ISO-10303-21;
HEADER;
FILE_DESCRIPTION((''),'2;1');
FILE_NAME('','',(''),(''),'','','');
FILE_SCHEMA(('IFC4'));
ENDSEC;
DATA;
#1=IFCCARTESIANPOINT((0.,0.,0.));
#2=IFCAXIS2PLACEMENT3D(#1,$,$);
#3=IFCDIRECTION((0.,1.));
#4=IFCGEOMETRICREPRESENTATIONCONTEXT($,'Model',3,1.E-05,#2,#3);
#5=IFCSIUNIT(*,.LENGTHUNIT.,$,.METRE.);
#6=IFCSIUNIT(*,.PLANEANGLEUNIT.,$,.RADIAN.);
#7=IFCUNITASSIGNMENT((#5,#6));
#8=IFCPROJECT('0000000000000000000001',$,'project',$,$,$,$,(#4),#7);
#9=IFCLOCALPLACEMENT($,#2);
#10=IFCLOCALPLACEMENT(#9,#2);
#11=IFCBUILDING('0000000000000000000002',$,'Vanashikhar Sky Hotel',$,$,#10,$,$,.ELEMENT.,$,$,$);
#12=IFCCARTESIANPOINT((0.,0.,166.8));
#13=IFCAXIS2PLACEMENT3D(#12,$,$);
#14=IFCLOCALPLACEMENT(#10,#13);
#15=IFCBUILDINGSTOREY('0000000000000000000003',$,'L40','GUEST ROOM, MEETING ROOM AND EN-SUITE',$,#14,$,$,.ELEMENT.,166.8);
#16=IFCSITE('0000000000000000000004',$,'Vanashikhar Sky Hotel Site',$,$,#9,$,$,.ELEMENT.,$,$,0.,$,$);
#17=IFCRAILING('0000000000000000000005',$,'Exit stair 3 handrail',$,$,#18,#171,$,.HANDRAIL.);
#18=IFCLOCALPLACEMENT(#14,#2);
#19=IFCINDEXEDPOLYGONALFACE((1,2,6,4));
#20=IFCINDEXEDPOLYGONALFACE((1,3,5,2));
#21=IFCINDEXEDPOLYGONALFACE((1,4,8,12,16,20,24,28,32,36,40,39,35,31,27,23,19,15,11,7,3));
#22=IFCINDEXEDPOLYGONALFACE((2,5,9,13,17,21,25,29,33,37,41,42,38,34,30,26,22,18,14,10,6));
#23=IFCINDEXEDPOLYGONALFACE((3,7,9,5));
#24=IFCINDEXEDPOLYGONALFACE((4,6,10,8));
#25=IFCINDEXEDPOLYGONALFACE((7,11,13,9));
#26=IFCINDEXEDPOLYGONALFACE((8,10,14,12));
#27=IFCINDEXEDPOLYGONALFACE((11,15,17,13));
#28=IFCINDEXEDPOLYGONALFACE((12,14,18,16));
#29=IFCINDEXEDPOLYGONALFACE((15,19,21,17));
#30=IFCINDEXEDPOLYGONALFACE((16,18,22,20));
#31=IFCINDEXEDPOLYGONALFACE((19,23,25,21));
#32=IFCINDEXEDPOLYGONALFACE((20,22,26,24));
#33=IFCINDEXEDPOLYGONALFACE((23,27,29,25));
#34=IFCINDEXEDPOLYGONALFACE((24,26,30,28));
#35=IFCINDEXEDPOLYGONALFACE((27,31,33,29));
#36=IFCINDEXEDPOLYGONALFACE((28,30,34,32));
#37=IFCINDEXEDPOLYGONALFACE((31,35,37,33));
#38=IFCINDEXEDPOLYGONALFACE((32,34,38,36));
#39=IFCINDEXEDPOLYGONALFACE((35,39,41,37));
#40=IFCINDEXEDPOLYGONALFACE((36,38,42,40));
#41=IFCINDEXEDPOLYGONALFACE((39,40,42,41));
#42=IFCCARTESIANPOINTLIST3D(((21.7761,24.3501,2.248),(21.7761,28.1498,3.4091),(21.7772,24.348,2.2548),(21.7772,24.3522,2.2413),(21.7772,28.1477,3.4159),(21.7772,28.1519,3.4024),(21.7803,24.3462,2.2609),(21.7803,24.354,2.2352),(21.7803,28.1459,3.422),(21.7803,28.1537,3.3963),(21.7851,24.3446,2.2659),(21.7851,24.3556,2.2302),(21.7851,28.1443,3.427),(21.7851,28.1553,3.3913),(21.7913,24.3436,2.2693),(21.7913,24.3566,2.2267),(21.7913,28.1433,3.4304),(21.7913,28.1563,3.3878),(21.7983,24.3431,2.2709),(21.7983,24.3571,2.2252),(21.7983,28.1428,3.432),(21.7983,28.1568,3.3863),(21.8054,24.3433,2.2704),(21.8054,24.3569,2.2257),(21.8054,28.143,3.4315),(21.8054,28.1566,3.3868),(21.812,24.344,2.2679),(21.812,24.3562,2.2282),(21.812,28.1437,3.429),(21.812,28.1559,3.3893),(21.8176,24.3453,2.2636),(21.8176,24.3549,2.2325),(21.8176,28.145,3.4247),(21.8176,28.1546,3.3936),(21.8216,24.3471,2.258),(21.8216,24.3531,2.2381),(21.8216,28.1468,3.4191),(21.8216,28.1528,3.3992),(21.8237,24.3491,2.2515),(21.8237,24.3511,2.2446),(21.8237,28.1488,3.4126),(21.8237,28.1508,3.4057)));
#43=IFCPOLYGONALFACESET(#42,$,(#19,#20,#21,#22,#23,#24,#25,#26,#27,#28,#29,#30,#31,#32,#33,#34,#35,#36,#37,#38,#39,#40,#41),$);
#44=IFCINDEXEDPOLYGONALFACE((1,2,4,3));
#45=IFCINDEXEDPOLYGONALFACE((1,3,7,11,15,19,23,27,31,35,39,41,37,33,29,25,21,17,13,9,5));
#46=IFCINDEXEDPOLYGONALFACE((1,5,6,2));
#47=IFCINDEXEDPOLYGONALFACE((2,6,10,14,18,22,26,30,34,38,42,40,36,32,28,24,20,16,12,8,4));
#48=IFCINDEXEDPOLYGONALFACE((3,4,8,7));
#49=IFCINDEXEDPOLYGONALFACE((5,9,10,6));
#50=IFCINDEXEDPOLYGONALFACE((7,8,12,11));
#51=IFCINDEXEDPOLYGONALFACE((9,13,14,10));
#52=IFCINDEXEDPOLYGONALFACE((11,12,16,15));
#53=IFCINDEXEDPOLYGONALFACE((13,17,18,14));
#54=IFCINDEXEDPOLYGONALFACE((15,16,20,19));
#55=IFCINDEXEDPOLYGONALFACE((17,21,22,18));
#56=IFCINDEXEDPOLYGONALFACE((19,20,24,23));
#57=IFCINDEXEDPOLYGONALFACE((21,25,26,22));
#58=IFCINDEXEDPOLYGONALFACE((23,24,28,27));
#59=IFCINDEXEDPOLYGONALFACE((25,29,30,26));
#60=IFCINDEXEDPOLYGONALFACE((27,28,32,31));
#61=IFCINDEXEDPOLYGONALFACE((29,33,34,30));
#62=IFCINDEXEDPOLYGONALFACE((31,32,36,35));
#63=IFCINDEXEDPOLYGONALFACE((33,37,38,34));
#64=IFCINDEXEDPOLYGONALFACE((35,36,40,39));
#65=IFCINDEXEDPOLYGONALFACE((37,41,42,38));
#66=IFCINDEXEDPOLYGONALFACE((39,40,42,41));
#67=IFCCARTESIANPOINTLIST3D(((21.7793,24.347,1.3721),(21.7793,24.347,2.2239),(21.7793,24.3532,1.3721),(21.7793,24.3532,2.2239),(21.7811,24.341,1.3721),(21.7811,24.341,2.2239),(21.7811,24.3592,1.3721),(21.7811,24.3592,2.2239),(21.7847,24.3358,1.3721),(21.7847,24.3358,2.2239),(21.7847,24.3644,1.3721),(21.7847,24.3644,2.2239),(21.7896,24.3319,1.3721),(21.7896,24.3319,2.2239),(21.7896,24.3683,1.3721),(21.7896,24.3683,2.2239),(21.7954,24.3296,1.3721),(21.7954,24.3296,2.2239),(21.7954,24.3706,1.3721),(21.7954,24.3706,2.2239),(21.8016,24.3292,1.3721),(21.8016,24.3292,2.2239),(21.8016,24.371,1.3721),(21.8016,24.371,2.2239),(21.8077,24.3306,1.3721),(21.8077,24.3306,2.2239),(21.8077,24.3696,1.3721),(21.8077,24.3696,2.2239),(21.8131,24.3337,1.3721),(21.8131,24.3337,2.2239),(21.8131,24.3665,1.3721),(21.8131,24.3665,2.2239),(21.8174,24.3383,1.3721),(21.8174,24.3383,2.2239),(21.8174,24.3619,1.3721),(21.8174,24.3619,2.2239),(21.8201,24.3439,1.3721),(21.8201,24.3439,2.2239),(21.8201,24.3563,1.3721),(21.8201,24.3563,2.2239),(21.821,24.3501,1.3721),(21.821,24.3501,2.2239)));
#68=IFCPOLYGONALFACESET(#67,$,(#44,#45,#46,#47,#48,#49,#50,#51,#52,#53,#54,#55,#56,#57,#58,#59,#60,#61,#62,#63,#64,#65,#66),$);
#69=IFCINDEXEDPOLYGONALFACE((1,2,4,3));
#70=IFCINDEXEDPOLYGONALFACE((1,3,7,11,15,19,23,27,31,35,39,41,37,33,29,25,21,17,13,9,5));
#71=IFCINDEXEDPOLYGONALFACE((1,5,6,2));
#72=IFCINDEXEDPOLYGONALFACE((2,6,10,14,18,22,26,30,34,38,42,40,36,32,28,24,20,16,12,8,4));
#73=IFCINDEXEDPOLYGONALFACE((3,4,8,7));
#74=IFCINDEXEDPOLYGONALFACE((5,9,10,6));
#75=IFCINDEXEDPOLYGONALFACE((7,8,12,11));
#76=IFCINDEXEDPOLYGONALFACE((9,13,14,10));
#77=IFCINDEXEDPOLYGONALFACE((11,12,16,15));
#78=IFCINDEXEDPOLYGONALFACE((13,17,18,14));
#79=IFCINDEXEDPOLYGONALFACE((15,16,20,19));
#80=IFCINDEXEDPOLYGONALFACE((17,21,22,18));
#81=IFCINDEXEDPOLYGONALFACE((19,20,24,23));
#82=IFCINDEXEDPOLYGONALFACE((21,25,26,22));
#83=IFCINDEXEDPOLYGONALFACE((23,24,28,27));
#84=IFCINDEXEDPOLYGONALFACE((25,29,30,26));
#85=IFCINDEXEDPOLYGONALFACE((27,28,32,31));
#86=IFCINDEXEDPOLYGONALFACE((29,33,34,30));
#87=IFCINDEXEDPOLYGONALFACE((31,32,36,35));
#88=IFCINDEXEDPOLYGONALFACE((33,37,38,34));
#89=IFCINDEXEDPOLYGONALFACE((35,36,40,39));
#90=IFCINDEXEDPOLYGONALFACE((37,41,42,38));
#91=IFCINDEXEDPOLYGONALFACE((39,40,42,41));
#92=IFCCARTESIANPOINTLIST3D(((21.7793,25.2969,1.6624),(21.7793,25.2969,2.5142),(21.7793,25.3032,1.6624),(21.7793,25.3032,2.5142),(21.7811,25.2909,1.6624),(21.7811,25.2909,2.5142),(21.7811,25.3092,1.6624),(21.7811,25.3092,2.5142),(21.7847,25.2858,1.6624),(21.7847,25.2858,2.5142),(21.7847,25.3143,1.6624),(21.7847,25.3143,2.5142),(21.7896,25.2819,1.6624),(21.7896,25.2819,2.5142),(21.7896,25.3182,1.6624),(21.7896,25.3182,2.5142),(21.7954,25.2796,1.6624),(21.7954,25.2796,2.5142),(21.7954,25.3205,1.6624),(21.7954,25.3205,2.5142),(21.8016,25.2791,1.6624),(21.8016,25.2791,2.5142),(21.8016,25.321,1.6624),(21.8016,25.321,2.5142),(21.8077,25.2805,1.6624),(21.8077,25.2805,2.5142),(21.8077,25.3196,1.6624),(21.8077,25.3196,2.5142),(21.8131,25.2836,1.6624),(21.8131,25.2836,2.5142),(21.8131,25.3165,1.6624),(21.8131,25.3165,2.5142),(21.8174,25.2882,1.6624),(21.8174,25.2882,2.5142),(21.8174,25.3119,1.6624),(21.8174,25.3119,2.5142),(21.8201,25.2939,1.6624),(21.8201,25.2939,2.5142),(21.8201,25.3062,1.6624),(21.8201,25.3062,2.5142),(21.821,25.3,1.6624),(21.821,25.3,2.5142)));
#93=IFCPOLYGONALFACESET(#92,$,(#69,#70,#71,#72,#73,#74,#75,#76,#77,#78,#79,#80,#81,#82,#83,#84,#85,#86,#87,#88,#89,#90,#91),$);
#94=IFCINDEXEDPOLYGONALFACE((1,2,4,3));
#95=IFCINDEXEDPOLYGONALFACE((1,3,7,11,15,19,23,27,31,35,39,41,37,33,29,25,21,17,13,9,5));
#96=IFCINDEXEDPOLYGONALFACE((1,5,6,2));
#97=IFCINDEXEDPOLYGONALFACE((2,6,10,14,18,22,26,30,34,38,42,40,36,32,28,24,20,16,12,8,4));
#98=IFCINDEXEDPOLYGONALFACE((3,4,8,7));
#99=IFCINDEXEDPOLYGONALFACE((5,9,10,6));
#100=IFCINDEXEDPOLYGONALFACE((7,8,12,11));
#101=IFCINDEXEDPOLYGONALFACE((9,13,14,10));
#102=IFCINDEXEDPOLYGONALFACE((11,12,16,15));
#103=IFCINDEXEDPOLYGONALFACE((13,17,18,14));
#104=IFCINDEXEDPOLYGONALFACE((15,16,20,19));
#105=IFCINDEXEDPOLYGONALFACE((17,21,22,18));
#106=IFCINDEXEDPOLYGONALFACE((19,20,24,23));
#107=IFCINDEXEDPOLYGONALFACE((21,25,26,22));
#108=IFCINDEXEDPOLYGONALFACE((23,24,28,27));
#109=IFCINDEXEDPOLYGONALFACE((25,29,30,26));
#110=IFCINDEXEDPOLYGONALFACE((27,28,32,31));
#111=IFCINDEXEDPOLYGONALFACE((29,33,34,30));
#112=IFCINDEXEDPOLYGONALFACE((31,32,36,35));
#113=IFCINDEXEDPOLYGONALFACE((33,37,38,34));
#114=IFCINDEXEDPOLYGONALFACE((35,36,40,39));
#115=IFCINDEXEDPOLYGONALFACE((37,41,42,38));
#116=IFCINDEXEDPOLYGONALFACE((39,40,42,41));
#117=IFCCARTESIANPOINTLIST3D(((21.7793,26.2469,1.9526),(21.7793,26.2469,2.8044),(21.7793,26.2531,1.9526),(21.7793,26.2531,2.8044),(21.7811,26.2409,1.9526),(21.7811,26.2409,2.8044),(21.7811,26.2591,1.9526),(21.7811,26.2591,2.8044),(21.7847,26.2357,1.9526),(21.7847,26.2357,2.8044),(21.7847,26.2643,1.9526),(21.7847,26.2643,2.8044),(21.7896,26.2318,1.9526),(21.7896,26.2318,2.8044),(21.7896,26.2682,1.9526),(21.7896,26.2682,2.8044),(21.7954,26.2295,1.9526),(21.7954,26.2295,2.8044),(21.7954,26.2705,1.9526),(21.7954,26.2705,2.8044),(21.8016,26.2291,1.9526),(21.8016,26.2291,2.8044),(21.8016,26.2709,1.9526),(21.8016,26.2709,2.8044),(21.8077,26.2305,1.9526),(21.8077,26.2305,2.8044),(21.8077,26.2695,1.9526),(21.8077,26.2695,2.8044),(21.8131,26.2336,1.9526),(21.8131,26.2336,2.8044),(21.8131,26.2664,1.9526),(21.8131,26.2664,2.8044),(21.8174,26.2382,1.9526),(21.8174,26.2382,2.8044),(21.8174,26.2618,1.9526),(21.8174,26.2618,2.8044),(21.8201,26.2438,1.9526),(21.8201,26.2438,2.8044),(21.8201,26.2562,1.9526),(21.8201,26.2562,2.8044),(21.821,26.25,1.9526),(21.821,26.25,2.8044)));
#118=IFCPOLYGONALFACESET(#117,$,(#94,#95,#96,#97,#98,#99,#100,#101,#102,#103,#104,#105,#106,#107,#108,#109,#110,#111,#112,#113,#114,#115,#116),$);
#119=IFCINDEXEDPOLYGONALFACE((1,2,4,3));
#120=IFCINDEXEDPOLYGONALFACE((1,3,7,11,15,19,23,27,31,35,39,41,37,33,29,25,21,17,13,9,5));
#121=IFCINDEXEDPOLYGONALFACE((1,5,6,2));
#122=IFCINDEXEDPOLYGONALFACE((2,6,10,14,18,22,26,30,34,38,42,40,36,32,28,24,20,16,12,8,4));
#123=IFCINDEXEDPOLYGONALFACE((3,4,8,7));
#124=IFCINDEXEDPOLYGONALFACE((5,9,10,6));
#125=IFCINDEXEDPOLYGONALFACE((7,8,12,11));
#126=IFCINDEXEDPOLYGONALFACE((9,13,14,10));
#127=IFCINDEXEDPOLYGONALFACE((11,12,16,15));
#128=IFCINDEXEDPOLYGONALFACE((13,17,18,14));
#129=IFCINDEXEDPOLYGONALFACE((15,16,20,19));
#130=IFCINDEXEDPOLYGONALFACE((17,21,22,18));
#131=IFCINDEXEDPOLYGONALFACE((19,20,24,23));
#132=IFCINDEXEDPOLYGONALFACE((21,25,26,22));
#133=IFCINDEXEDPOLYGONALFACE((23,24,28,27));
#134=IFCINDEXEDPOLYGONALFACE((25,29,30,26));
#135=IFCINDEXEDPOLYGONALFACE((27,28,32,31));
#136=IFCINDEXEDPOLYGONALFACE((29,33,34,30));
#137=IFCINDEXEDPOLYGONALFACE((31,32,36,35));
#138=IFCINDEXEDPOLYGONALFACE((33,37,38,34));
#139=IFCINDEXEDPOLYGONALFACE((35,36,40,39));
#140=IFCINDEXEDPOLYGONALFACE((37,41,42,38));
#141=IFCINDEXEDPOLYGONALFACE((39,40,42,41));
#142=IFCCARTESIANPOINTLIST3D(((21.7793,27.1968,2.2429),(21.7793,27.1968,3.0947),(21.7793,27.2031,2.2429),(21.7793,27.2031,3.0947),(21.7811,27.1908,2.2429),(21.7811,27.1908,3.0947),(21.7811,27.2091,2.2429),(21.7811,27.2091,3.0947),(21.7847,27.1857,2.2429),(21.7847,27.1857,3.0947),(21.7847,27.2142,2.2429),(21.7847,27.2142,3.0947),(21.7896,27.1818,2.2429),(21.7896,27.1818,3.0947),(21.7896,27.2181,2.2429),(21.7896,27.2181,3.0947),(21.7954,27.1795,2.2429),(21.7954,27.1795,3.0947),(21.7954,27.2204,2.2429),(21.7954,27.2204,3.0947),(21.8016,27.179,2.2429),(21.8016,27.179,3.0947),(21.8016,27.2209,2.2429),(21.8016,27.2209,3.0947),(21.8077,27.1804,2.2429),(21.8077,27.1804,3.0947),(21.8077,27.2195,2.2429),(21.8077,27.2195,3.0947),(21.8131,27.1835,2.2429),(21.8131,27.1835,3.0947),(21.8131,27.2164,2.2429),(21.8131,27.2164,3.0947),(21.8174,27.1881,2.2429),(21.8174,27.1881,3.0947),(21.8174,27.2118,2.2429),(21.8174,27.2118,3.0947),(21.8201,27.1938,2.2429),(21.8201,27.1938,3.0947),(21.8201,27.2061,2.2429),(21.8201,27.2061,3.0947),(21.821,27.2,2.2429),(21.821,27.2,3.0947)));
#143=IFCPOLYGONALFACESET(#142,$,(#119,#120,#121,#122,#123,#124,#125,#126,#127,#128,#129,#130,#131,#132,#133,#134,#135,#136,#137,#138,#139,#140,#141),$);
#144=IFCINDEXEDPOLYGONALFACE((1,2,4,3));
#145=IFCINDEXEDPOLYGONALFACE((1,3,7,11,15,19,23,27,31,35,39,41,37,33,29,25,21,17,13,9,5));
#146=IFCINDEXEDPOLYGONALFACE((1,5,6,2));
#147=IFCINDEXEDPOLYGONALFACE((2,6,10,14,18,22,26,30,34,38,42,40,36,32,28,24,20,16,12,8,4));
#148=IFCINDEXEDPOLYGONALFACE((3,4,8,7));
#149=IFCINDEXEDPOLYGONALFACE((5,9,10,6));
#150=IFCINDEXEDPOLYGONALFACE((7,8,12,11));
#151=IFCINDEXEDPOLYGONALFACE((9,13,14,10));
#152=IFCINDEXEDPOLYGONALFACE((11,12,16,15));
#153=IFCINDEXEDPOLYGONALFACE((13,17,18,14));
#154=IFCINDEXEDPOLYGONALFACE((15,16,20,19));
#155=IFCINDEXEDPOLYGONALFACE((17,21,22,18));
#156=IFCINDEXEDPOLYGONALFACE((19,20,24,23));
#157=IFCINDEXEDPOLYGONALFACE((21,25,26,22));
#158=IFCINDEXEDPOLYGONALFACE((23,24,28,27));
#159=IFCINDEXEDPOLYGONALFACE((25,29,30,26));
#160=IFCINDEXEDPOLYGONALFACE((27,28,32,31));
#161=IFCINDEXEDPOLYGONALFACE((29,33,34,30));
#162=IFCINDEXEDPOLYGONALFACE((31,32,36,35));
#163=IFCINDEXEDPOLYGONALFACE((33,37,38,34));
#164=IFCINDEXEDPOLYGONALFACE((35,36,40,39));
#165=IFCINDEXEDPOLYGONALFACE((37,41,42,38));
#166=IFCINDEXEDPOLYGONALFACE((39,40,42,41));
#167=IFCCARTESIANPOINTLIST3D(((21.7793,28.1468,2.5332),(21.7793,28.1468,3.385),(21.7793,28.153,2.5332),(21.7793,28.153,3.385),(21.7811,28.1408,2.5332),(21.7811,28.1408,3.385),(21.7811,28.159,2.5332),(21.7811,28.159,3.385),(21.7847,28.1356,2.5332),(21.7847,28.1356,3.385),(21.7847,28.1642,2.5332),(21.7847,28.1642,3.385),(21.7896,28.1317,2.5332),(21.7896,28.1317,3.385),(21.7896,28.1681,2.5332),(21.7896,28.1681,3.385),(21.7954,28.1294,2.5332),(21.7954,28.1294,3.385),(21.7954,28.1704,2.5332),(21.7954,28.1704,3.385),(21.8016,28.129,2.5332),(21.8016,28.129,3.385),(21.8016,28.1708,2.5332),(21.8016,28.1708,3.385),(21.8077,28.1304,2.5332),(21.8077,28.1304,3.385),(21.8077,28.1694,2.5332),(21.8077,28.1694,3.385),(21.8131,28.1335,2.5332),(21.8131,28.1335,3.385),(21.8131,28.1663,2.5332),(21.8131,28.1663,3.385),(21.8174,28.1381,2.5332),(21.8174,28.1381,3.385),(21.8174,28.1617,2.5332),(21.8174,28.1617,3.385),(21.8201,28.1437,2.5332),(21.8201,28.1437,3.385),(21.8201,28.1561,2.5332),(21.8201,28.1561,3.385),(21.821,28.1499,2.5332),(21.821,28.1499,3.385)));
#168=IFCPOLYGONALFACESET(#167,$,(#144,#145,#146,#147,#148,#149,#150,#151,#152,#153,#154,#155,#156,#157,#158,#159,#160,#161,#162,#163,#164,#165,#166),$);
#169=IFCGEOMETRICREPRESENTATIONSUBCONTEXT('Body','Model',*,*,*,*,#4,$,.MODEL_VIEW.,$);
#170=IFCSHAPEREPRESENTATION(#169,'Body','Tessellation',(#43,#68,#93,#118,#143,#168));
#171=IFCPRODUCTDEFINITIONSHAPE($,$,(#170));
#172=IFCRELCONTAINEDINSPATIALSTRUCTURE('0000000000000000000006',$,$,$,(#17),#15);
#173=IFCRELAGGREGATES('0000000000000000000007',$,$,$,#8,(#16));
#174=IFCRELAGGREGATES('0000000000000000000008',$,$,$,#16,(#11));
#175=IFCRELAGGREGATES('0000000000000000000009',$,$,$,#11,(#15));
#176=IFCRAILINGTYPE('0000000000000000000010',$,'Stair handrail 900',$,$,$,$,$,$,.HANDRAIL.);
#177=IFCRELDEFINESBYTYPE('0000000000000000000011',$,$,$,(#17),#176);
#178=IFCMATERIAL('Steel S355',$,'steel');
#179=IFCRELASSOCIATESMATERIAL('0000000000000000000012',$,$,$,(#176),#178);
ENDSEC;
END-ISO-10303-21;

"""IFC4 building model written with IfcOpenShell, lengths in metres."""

from ifc_helpers import new_model, si_unit, direction, frame, origin, origin_2d, place, context, subcontext, project, spatial, circle, extrude, source, transform, mapped, material, type_object, element, save


model = new_model("IFC4")

# Units and contexts
model_context = context("Model", 3, precision=1e-05, world=origin(), true_north=direction((0.0, 1.0)))
body_context = subcontext(model_context, "Body", "Model", "MODEL_VIEW")
ifc_project = project(units=[si_unit("LENGTHUNIT", "METRE"), si_unit("PLANEANGLEUNIT", "RADIAN")], contexts=[model_context])

# Site, building, storey
site_placement = place(None, origin())
site = spatial("IfcSite", under=ifc_project, at=site_placement, Name="Vanashikhar Sky Hotel Site", CompositionType="ELEMENT", RefElevation=0.0)
building_placement = place(site_placement, origin())
building = spatial("IfcBuilding", under=site, at=building_placement, Name="Vanashikhar Sky Hotel", CompositionType="ELEMENT")
storey_placement = place(building_placement, frame((0.0, 0.0, 166.8)))
storey = spatial("IfcBuildingStorey", under=building, at=storey_placement, Name="L40", Description="GUEST ROOM, MEETING ROOM AND EN-SUITE", CompositionType="ELEMENT", Elevation=166.8)

# Railing
ifc_material_1 = material(Name="Steel S355", Category="steel")
railing_type = type_object("IfcRailingType", Name="Stair handrail 900", PredefinedType="HANDRAIL", material=ifc_material_1)
shared_shape_1 = source(origin(), body_context, "Body", "SweptSolid", [
    extrude(circle(Radius=0.0239, at=origin_2d()), frame((0.0, 0.0, 0.876), z_axis=(0.0, 0.956346, 0.292237), x_axis=(-1.0, 0.0, 0.0)), (0.0, 0.0, 1.0), 3.9731),
    extrude(circle(Radius=0.021, at=origin_2d()), origin(), (0.0, 0.0, 1.0), 0.8518),
    extrude(circle(Radius=0.021, at=origin_2d()), frame((0.0, 0.95, 0.2903)), (0.0, 0.0, 1.0), 0.8518),
    extrude(circle(Radius=0.021, at=origin_2d()), frame((0.0, 1.8999, 0.5806)), (0.0, 0.0, 1.0), 0.8518),
    extrude(circle(Radius=0.021, at=origin_2d()), frame((0.0, 2.8499, 0.8708)), (0.0, 0.0, 1.0), 0.8518),
    extrude(circle(Radius=0.021, at=origin_2d()), frame((0.0, 3.7998, 1.1611)), (0.0, 0.0, 1.0), 0.8518),
])
railing_placement = place(storey_placement, frame((21.8, 24.3501, 1.3721)))
element("IfcRailing", 1, at=railing_placement, inside=storey, type_object=railing_type, Name="Exit stair 3 handrail", PredefinedType="HANDRAIL", context=body_context, shape_type="MappedRepresentation", body=[
    mapped(shared_shape_1, transform((0.0, 0.0, 0.0), scale=1.0)),
])

save(model, "model.ifc")
